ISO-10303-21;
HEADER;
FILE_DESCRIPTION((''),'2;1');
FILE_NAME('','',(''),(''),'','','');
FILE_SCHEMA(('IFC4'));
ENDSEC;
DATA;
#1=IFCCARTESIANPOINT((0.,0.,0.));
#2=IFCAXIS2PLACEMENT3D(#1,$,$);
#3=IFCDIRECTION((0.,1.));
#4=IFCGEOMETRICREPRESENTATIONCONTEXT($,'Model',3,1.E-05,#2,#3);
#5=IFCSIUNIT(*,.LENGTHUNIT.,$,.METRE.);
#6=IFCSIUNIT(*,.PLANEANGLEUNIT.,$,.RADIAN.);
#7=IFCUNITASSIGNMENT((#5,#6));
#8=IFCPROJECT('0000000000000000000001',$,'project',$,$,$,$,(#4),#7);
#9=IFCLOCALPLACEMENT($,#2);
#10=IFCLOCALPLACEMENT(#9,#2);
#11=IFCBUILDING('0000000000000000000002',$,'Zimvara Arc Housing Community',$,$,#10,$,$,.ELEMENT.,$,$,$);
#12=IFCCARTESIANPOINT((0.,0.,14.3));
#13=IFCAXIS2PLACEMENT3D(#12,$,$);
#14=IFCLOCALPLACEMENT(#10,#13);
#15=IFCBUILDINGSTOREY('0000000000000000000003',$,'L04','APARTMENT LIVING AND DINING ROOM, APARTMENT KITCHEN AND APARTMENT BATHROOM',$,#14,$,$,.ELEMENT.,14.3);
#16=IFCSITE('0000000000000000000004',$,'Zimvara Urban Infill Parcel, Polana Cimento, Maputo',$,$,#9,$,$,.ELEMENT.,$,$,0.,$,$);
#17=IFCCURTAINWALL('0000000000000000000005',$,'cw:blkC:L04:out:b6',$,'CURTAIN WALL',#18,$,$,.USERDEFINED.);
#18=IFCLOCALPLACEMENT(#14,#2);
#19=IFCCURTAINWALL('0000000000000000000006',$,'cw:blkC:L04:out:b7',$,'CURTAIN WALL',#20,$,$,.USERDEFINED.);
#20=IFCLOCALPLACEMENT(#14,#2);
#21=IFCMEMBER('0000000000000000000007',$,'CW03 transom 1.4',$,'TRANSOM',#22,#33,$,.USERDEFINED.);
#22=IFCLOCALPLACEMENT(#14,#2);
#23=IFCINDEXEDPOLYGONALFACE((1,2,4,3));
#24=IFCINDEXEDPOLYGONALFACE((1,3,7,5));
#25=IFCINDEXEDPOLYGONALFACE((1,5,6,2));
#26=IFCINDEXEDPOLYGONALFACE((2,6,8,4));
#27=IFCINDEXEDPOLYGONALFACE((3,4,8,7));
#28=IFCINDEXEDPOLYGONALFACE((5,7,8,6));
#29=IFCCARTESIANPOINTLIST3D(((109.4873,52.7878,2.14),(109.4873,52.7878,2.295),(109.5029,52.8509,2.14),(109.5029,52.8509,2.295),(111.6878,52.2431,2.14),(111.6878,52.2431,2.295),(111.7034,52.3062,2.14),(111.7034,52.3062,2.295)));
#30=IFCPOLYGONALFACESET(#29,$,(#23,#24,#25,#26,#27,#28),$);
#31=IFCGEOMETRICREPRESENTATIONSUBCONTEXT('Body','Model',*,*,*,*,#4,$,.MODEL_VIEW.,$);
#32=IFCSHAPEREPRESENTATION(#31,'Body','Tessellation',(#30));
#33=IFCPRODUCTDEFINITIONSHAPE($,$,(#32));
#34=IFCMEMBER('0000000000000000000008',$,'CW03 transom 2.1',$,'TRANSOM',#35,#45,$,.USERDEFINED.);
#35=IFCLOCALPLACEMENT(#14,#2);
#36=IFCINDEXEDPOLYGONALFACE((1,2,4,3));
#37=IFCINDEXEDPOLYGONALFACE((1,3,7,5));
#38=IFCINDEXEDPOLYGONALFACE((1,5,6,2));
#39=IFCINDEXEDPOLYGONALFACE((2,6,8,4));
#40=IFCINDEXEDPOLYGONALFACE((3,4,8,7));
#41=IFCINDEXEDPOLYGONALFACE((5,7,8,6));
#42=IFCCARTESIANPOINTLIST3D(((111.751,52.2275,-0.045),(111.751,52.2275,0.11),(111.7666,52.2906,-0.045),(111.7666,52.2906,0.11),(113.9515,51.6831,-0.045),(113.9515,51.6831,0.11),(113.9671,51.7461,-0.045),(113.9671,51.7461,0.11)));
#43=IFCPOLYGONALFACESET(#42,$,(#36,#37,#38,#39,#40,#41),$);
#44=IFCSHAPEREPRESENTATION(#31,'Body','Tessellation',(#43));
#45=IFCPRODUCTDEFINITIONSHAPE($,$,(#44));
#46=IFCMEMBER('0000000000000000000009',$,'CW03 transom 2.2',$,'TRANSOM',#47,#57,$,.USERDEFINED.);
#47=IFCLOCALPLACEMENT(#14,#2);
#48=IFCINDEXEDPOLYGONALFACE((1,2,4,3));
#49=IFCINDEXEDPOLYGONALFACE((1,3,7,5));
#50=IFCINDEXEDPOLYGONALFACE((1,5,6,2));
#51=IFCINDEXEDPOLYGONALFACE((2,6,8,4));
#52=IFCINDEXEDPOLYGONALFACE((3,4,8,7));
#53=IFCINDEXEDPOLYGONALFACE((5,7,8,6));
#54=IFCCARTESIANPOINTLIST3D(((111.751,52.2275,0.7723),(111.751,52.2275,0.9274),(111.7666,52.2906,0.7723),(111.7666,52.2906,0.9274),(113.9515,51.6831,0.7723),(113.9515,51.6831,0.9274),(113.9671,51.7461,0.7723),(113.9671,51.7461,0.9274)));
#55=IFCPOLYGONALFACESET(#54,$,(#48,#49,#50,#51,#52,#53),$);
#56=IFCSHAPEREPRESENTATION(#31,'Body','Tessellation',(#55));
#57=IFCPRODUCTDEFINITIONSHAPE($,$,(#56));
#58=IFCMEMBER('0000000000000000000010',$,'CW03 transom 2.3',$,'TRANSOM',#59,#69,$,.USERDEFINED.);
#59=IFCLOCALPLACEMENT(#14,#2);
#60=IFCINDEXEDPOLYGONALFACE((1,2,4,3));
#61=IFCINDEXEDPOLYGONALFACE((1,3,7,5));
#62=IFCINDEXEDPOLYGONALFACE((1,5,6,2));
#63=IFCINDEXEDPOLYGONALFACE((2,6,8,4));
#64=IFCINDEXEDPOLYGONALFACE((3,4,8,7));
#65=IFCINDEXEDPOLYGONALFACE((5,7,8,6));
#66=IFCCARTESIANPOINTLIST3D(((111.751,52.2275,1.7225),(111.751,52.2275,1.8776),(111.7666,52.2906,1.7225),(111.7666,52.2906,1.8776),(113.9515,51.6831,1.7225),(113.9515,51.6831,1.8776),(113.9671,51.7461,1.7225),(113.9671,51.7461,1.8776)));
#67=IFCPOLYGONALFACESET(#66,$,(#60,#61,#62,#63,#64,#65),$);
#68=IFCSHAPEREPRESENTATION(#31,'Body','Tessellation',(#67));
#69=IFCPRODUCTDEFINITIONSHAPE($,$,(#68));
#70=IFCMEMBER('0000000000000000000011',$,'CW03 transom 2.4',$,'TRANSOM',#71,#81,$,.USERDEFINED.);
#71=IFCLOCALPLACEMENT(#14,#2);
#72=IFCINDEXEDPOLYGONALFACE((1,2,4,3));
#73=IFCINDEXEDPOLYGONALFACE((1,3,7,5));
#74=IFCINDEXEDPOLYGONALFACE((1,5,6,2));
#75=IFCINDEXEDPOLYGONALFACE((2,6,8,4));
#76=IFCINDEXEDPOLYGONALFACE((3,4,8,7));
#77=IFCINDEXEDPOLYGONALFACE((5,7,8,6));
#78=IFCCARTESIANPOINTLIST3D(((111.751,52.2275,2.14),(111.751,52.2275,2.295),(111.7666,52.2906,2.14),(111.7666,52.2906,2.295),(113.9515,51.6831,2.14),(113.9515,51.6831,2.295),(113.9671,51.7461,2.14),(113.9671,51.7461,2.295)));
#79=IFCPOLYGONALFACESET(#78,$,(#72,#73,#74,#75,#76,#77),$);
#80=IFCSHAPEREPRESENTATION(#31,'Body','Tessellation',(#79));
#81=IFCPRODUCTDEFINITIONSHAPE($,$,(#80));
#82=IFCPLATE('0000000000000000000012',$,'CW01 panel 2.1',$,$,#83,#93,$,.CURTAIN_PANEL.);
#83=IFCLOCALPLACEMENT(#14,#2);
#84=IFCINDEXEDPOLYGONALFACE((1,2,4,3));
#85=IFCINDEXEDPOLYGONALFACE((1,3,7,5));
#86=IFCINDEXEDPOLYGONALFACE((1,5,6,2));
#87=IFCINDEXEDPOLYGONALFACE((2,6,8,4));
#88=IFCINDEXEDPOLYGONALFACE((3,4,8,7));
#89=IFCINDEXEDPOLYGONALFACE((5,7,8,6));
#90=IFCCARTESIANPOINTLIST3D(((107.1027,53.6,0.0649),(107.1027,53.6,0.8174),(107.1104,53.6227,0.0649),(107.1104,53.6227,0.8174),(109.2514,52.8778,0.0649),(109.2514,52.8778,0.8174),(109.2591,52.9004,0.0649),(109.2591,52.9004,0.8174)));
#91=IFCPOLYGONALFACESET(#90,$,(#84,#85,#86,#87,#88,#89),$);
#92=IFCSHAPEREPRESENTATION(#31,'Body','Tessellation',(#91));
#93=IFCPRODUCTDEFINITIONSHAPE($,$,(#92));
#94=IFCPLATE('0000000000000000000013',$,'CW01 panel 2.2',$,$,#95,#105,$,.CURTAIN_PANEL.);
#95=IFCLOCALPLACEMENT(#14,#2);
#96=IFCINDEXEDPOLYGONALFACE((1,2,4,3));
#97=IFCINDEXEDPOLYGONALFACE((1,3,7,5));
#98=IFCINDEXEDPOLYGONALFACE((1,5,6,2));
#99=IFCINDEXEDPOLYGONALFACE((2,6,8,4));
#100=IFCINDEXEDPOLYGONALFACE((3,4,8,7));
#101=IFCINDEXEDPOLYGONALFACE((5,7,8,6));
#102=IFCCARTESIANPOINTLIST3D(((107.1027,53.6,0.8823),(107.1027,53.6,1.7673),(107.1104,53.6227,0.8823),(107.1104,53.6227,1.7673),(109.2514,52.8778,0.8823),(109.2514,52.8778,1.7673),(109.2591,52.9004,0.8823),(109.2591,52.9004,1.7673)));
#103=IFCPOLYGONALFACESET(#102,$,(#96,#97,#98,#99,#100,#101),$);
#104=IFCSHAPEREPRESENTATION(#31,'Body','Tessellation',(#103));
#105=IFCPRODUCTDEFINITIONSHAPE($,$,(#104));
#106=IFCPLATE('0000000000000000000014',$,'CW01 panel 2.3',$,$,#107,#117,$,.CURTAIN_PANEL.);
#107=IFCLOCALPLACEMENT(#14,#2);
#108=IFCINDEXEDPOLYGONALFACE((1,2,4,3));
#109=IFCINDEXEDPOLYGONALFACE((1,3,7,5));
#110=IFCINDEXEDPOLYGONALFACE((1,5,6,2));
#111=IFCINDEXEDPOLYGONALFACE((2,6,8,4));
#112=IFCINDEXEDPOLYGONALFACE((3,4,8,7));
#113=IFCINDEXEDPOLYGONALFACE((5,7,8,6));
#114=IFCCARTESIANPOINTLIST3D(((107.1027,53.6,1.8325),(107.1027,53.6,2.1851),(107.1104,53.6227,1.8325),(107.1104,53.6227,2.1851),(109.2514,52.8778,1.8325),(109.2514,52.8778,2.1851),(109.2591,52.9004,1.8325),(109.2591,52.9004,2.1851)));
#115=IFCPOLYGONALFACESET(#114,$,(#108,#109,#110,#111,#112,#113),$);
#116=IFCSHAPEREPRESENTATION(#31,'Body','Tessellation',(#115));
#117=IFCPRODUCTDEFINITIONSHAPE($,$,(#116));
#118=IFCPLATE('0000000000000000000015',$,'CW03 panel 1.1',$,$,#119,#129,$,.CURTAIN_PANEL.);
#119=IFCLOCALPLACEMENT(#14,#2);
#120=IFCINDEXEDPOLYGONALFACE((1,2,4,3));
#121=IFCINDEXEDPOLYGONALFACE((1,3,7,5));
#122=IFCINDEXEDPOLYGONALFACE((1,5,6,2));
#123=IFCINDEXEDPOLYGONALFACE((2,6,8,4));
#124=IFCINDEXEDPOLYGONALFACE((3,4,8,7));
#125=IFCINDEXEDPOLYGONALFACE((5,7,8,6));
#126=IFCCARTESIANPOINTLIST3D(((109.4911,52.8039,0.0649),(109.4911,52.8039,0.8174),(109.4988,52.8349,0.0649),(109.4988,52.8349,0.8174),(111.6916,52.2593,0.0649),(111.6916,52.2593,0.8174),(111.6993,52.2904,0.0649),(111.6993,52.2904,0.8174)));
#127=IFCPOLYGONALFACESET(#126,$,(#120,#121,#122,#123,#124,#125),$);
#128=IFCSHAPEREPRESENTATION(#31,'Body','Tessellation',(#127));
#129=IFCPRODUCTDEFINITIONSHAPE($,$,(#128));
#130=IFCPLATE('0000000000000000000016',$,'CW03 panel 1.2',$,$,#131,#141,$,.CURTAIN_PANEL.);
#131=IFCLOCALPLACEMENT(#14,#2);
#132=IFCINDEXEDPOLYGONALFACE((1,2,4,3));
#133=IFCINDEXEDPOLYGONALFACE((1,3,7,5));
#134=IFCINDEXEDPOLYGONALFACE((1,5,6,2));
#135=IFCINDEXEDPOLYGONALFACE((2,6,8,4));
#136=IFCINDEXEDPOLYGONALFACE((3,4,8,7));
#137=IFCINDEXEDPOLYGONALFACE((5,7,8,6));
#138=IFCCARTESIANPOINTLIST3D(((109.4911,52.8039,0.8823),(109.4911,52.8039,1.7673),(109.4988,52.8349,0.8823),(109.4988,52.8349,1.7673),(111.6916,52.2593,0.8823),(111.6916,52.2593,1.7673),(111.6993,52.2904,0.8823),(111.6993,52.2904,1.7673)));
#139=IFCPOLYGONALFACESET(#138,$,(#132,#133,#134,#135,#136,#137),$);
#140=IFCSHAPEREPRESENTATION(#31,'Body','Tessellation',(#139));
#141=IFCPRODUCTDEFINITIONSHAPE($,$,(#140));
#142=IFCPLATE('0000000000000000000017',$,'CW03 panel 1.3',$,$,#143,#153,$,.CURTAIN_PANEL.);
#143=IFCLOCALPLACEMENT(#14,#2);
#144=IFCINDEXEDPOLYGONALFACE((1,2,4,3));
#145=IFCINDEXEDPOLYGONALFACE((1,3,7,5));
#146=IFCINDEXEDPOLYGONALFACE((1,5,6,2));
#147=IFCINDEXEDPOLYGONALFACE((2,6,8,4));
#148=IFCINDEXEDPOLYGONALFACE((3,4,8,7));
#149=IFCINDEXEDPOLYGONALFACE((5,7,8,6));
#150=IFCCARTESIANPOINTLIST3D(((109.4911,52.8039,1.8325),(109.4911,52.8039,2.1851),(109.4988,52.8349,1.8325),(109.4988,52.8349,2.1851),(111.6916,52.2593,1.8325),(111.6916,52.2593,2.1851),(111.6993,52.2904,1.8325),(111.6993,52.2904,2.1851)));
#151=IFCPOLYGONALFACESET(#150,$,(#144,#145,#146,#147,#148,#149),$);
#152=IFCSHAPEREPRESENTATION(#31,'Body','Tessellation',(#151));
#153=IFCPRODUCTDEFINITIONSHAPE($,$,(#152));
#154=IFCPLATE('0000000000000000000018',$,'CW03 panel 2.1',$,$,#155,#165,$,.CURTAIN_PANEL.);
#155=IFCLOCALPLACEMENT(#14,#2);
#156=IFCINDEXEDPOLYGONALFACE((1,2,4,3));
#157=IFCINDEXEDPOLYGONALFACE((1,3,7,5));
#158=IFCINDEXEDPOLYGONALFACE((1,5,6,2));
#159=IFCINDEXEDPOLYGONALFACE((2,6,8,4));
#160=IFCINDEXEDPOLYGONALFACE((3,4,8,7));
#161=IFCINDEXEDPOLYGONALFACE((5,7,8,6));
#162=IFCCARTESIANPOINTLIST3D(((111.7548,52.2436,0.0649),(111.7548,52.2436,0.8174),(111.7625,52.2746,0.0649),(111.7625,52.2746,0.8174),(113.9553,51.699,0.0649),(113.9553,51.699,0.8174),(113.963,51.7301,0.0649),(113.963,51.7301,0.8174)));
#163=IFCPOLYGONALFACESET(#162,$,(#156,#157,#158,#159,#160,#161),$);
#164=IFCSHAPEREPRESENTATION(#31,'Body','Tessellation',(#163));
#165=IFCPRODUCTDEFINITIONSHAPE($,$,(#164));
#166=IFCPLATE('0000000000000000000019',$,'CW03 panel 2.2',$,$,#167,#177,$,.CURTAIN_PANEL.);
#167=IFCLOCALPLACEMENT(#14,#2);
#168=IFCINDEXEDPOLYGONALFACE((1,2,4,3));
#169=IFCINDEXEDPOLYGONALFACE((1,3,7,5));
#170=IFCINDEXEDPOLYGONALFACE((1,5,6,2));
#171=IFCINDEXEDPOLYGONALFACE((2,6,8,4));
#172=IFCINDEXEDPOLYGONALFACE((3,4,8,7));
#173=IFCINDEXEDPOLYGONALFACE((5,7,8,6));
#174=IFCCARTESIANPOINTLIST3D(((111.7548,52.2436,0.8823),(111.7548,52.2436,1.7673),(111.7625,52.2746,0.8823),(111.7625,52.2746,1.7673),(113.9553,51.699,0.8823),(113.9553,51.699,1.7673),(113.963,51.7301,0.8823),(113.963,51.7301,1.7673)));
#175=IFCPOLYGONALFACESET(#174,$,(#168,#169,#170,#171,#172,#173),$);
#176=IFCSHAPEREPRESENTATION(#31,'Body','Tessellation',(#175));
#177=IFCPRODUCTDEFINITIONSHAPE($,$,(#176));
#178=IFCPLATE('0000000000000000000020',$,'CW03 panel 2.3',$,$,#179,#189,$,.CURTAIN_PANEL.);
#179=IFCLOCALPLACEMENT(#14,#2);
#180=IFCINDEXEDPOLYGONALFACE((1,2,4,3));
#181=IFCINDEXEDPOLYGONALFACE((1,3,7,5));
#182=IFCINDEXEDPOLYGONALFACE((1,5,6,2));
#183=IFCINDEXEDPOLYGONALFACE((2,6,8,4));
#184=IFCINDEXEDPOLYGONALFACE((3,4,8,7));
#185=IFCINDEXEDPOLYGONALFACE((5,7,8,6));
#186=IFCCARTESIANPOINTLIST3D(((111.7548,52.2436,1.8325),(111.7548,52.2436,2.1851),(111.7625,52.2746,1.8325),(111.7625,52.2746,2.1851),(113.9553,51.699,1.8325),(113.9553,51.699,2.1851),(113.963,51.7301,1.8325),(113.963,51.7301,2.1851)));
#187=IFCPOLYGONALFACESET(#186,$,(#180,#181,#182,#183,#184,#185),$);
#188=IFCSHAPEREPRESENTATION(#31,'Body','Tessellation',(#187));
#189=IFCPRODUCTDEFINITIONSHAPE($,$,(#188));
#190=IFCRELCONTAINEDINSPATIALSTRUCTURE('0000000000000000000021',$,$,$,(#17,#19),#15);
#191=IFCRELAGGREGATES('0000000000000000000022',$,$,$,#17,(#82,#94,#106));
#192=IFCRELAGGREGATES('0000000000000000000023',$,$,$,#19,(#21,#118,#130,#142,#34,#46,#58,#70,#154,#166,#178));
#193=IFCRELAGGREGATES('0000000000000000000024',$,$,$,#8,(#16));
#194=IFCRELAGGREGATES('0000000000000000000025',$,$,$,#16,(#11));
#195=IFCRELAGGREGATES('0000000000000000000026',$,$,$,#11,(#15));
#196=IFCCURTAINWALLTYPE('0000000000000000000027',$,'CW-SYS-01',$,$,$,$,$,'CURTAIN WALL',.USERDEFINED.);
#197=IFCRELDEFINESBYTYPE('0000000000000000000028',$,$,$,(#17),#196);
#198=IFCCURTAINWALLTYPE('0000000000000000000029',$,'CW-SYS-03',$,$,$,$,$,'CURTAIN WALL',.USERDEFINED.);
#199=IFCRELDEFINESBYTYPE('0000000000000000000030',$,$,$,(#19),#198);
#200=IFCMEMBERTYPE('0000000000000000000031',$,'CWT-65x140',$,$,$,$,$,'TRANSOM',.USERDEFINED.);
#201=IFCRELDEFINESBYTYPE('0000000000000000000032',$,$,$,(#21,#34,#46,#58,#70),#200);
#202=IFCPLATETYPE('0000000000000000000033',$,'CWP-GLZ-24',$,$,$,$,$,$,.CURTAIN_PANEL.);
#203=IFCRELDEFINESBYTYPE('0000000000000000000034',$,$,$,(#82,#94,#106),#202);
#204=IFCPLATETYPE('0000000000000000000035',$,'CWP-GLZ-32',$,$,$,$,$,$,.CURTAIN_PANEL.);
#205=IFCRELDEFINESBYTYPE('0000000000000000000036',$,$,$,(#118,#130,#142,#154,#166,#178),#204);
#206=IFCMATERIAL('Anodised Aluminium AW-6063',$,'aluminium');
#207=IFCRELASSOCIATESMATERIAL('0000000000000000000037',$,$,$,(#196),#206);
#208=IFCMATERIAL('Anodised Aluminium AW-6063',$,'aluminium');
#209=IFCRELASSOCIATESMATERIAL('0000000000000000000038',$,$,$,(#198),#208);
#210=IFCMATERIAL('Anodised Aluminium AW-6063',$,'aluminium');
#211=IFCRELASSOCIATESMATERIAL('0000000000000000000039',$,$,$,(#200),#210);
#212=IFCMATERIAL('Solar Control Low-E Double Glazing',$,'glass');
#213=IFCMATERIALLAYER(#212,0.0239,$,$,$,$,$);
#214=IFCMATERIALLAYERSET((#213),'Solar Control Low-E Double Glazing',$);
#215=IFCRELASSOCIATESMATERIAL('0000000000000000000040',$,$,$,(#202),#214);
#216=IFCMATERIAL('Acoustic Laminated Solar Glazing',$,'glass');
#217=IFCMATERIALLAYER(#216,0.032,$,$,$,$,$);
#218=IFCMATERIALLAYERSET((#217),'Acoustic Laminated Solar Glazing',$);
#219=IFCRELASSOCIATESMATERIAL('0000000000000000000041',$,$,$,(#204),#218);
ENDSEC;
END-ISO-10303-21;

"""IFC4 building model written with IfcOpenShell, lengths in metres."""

from ifc_helpers import new_model, si_unit, direction, frame, origin, origin_2d, place, context, subcontext, project, spatial, rectangle, extrude, material, layer, layer_set, material_profile, profile_set, type_object, element, aggregate, save


model = new_model("IFC4")

# Units and contexts
model_context = context("Model", 3, precision=1e-05, world=origin(), true_north=direction((0.0, 1.0)))
body_context = subcontext(model_context, "Body", "Model", "MODEL_VIEW")
ifc_project = project(units=[si_unit("LENGTHUNIT", "METRE"), si_unit("PLANEANGLEUNIT", "RADIAN")], contexts=[model_context])

# Site, building, storey
site_placement = place(None, origin())
site = spatial("IfcSite", under=ifc_project, at=site_placement, Name="Zimvara Urban Infill Parcel, Polana Cimento, Maputo", CompositionType="ELEMENT", RefElevation=0.0)
building_placement = place(site_placement, origin())
building = spatial("IfcBuilding", under=site, at=building_placement, Name="Zimvara Arc Housing Community", CompositionType="ELEMENT")
storey_placement = place(building_placement, frame((0.0, 0.0, 14.3)))
storey = spatial("IfcBuildingStorey", under=building, at=storey_placement, Name="L04", Description="APARTMENT LIVING AND DINING ROOM, APARTMENT KITCHEN AND APARTMENT BATHROOM", CompositionType="ELEMENT", Elevation=14.3)

# Curtain walls
ifc_material_1 = material(Name="Anodised Aluminium AW-6063", Category="aluminium")
curtain_wall_type_1 = type_object("IfcCurtainWallType", Name="CW-SYS-01", ElementType="CURTAIN WALL", PredefinedType="USERDEFINED", material=ifc_material_1)
curtain_wall_1_placement = place(storey_placement, origin())
curtain_wall_1 = element("IfcCurtainWall", 1, at=curtain_wall_1_placement, inside=storey, type_object=curtain_wall_type_1, Name="cw:blkC:L04:out:b6", ObjectType="CURTAIN WALL", PredefinedType="USERDEFINED")
ifc_material_2 = material(Name="Anodised Aluminium AW-6063", Category="aluminium")
curtain_wall_type_2 = type_object("IfcCurtainWallType", Name="CW-SYS-03", ElementType="CURTAIN WALL", PredefinedType="USERDEFINED", material=ifc_material_2)
curtain_wall_2_placement = place(storey_placement, origin())
curtain_wall_2 = element("IfcCurtainWall", 2, at=curtain_wall_2_placement, inside=storey, type_object=curtain_wall_type_2, Name="cw:blkC:L04:out:b7", ObjectType="CURTAIN WALL", PredefinedType="USERDEFINED")

# Members
ifc_material_3 = material(Name="Anodised Aluminium AW-6063", Category="aluminium")
ifc_material_profile_1 = material_profile(ifc_material_3, rectangle(XDim=0.0649, YDim=0.155, at=origin_2d()), Name="ALU 65x155")
ifc_profile_set_1 = profile_set([ifc_material_profile_1], Name="Anodised Aluminium AW-6063")
member_type_1 = type_object("IfcMemberType", Name="CWT-65x140", ElementType="TRANSOM", PredefinedType="USERDEFINED", material=ifc_profile_set_1)
member_1_placement = place(storey_placement, frame((109.4951, 52.8193, 2.2175), z_axis=(0.970704, -0.24028, 0.0), x_axis=(0.24028, 0.970704, 0.0)))
member_1 = element("IfcMember", 3, at=member_1_placement, type_object=member_type_1, Name="CW03 transom 1.4", ObjectType="TRANSOM", PredefinedType="USERDEFINED", context=body_context, shape_type="SweptSolid", body=[
    extrude(rectangle(XDim=0.0649, YDim=0.155, at=origin_2d()), origin(), (0.0, 0.0, 1.0), 2.2668),
])
member_2_placement = place(storey_placement, frame((111.7588, 52.259, 0.0325), z_axis=(0.970729, -0.240178, 0.0), x_axis=(0.240178, 0.970729, 0.0)))
member_2 = element("IfcMember", 4, at=member_2_placement, type_object=member_type_1, Name="CW03 transom 2.1", ObjectType="TRANSOM", PredefinedType="USERDEFINED", context=body_context, shape_type="SweptSolid", body=[
    extrude(rectangle(XDim=0.0649, YDim=0.155, at=origin_2d()), origin(), (0.0, 0.0, 1.0), 2.2668),
])
member_3_placement = place(storey_placement, frame((111.7588, 52.259, 0.8499), z_axis=(0.970729, -0.240178, 0.0), x_axis=(0.240178, 0.970729, 0.0)))
member_3 = element("IfcMember", 5, at=member_3_placement, type_object=member_type_1, Name="CW03 transom 2.2", ObjectType="TRANSOM", PredefinedType="USERDEFINED", context=body_context, shape_type="SweptSolid", body=[
    extrude(rectangle(XDim=0.0649, YDim=0.155, at=origin_2d()), origin(), (0.0, 0.0, 1.0), 2.2668),
])
member_4_placement = place(storey_placement, frame((111.7588, 52.259, 1.8), z_axis=(0.970729, -0.240178, 0.0), x_axis=(0.240178, 0.970729, 0.0)))
member_4 = element("IfcMember", 6, at=member_4_placement, type_object=member_type_1, Name="CW03 transom 2.3", ObjectType="TRANSOM", PredefinedType="USERDEFINED", context=body_context, shape_type="SweptSolid", body=[
    extrude(rectangle(XDim=0.0649, YDim=0.155, at=origin_2d()), origin(), (0.0, 0.0, 1.0), 2.2668),
])
member_5_placement = place(storey_placement, frame((111.7588, 52.259, 2.2175), z_axis=(0.970729, -0.240178, 0.0), x_axis=(0.240178, 0.970729, 0.0)))
member_5 = element("IfcMember", 7, at=member_5_placement, type_object=member_type_1, Name="CW03 transom 2.4", ObjectType="TRANSOM", PredefinedType="USERDEFINED", context=body_context, shape_type="SweptSolid", body=[
    extrude(rectangle(XDim=0.0649, YDim=0.155, at=origin_2d()), origin(), (0.0, 0.0, 1.0), 2.2668),
])

# Plates
ifc_material_4 = material(Name="Solar Control Low-E Double Glazing", Category="glass")
ifc_layer_1 = layer(ifc_material_4, 0.0239)
ifc_layer_set_1 = layer_set([ifc_layer_1], Name="Solar Control Low-E Double Glazing")
plate_type_1 = type_object("IfcPlateType", Name="CWP-GLZ-24", PredefinedType="CURTAIN_PANEL", material=ifc_layer_set_1)
plate_1_placement = place(storey_placement, frame((108.1809, 53.2502, 0.0649), z_axis=(0.0, 0.0, 1.0), x_axis=(0.94788, -0.318629, 0.0)))
plate_1 = element("IfcPlate", 8, at=plate_1_placement, type_object=plate_type_1, Name="CW01 panel 2.1", PredefinedType="CURTAIN_PANEL", context=body_context, shape_type="SweptSolid", body=[
    extrude(rectangle(XDim=2.2668, YDim=0.0239, at=origin_2d()), origin(), (0.0, 0.0, 1.0), 0.7524),
])
plate_2_placement = place(storey_placement, frame((108.1809, 53.2502, 0.8823), z_axis=(0.0, 0.0, 1.0), x_axis=(0.94788, -0.318629, 0.0)))
plate_2 = element("IfcPlate", 9, at=plate_2_placement, type_object=plate_type_1, Name="CW01 panel 2.2", PredefinedType="CURTAIN_PANEL", context=body_context, shape_type="SweptSolid", body=[
    extrude(rectangle(XDim=2.2668, YDim=0.0239, at=origin_2d()), origin(), (0.0, 0.0, 1.0), 0.885),
])
plate_3_placement = place(storey_placement, frame((108.1809, 53.2502, 1.8325), z_axis=(0.0, 0.0, 1.0), x_axis=(0.94788, -0.318629, 0.0)))
plate_3 = element("IfcPlate", 10, at=plate_3_placement, type_object=plate_type_1, Name="CW01 panel 2.3", PredefinedType="CURTAIN_PANEL", context=body_context, shape_type="SweptSolid", body=[
    extrude(rectangle(XDim=2.2668, YDim=0.0239, at=origin_2d()), origin(), (0.0, 0.0, 1.0), 0.3525),
])
aggregate(curtain_wall_1, [plate_1, plate_2, plate_3])
ifc_material_5 = material(Name="Acoustic Laminated Solar Glazing", Category="glass")
ifc_layer_2 = layer(ifc_material_5, 0.032)
ifc_layer_set_2 = layer_set([ifc_layer_2], Name="Acoustic Laminated Solar Glazing")
plate_type_2 = type_object("IfcPlateType", Name="CWP-GLZ-32", PredefinedType="CURTAIN_PANEL", material=ifc_layer_set_2)
plate_4_placement = place(storey_placement, frame((110.5952, 52.5471, 0.0649), z_axis=(0.0, 0.0, 1.0), x_axis=(0.970716, -0.24023, 0.0)))
plate_4 = element("IfcPlate", 11, at=plate_4_placement, type_object=plate_type_2, Name="CW03 panel 1.1", PredefinedType="CURTAIN_PANEL", context=body_context, shape_type="SweptSolid", body=[
    extrude(rectangle(XDim=2.2668, YDim=0.032, at=origin_2d()), origin(), (0.0, 0.0, 1.0), 0.7524),
])
plate_5_placement = place(storey_placement, frame((110.5952, 52.5471, 0.8823), z_axis=(0.0, 0.0, 1.0), x_axis=(0.970716, -0.24023, 0.0)))
plate_5 = element("IfcPlate", 12, at=plate_5_placement, type_object=plate_type_2, Name="CW03 panel 1.2", PredefinedType="CURTAIN_PANEL", context=body_context, shape_type="SweptSolid", body=[
    extrude(rectangle(XDim=2.2668, YDim=0.032, at=origin_2d()), origin(), (0.0, 0.0, 1.0), 0.885),
])
plate_6_placement = place(storey_placement, frame((110.5952, 52.5471, 1.8325), z_axis=(0.0, 0.0, 1.0), x_axis=(0.970716, -0.24023, 0.0)))
plate_6 = element("IfcPlate", 13, at=plate_6_placement, type_object=plate_type_2, Name="CW03 panel 1.3", PredefinedType="CURTAIN_PANEL", context=body_context, shape_type="SweptSolid", body=[
    extrude(rectangle(XDim=2.2668, YDim=0.032, at=origin_2d()), origin(), (0.0, 0.0, 1.0), 0.3525),
])
plate_7_placement = place(storey_placement, frame((112.8589, 51.9868, 0.0649), z_axis=(0.0, 0.0, 1.0), x_axis=(0.970716, -0.24023, 0.0)))
plate_7 = element("IfcPlate", 14, at=plate_7_placement, type_object=plate_type_2, Name="CW03 panel 2.1", PredefinedType="CURTAIN_PANEL", context=body_context, shape_type="SweptSolid", body=[
    extrude(rectangle(XDim=2.2668, YDim=0.032, at=origin_2d()), origin(), (0.0, 0.0, 1.0), 0.7524),
])
plate_8_placement = place(storey_placement, frame((112.8589, 51.9868, 0.8823), z_axis=(0.0, 0.0, 1.0), x_axis=(0.970716, -0.24023, 0.0)))
plate_8 = element("IfcPlate", 15, at=plate_8_placement, type_object=plate_type_2, Name="CW03 panel 2.2", PredefinedType="CURTAIN_PANEL", context=body_context, shape_type="SweptSolid", body=[
    extrude(rectangle(XDim=2.2668, YDim=0.032, at=origin_2d()), origin(), (0.0, 0.0, 1.0), 0.885),
])
plate_9_placement = place(storey_placement, frame((112.8589, 51.9868, 1.8325), z_axis=(0.0, 0.0, 1.0), x_axis=(0.970716, -0.24023, 0.0)))
plate_9 = element("IfcPlate", 16, at=plate_9_placement, type_object=plate_type_2, Name="CW03 panel 2.3", PredefinedType="CURTAIN_PANEL", context=body_context, shape_type="SweptSolid", body=[
    extrude(rectangle(XDim=2.2668, YDim=0.032, at=origin_2d()), origin(), (0.0, 0.0, 1.0), 0.3525),
])
aggregate(curtain_wall_2, [member_1, plate_4, plate_5, plate_6, member_2, member_3, member_4, member_5, plate_7, plate_8, plate_9])

save(model, "model.ifc")
